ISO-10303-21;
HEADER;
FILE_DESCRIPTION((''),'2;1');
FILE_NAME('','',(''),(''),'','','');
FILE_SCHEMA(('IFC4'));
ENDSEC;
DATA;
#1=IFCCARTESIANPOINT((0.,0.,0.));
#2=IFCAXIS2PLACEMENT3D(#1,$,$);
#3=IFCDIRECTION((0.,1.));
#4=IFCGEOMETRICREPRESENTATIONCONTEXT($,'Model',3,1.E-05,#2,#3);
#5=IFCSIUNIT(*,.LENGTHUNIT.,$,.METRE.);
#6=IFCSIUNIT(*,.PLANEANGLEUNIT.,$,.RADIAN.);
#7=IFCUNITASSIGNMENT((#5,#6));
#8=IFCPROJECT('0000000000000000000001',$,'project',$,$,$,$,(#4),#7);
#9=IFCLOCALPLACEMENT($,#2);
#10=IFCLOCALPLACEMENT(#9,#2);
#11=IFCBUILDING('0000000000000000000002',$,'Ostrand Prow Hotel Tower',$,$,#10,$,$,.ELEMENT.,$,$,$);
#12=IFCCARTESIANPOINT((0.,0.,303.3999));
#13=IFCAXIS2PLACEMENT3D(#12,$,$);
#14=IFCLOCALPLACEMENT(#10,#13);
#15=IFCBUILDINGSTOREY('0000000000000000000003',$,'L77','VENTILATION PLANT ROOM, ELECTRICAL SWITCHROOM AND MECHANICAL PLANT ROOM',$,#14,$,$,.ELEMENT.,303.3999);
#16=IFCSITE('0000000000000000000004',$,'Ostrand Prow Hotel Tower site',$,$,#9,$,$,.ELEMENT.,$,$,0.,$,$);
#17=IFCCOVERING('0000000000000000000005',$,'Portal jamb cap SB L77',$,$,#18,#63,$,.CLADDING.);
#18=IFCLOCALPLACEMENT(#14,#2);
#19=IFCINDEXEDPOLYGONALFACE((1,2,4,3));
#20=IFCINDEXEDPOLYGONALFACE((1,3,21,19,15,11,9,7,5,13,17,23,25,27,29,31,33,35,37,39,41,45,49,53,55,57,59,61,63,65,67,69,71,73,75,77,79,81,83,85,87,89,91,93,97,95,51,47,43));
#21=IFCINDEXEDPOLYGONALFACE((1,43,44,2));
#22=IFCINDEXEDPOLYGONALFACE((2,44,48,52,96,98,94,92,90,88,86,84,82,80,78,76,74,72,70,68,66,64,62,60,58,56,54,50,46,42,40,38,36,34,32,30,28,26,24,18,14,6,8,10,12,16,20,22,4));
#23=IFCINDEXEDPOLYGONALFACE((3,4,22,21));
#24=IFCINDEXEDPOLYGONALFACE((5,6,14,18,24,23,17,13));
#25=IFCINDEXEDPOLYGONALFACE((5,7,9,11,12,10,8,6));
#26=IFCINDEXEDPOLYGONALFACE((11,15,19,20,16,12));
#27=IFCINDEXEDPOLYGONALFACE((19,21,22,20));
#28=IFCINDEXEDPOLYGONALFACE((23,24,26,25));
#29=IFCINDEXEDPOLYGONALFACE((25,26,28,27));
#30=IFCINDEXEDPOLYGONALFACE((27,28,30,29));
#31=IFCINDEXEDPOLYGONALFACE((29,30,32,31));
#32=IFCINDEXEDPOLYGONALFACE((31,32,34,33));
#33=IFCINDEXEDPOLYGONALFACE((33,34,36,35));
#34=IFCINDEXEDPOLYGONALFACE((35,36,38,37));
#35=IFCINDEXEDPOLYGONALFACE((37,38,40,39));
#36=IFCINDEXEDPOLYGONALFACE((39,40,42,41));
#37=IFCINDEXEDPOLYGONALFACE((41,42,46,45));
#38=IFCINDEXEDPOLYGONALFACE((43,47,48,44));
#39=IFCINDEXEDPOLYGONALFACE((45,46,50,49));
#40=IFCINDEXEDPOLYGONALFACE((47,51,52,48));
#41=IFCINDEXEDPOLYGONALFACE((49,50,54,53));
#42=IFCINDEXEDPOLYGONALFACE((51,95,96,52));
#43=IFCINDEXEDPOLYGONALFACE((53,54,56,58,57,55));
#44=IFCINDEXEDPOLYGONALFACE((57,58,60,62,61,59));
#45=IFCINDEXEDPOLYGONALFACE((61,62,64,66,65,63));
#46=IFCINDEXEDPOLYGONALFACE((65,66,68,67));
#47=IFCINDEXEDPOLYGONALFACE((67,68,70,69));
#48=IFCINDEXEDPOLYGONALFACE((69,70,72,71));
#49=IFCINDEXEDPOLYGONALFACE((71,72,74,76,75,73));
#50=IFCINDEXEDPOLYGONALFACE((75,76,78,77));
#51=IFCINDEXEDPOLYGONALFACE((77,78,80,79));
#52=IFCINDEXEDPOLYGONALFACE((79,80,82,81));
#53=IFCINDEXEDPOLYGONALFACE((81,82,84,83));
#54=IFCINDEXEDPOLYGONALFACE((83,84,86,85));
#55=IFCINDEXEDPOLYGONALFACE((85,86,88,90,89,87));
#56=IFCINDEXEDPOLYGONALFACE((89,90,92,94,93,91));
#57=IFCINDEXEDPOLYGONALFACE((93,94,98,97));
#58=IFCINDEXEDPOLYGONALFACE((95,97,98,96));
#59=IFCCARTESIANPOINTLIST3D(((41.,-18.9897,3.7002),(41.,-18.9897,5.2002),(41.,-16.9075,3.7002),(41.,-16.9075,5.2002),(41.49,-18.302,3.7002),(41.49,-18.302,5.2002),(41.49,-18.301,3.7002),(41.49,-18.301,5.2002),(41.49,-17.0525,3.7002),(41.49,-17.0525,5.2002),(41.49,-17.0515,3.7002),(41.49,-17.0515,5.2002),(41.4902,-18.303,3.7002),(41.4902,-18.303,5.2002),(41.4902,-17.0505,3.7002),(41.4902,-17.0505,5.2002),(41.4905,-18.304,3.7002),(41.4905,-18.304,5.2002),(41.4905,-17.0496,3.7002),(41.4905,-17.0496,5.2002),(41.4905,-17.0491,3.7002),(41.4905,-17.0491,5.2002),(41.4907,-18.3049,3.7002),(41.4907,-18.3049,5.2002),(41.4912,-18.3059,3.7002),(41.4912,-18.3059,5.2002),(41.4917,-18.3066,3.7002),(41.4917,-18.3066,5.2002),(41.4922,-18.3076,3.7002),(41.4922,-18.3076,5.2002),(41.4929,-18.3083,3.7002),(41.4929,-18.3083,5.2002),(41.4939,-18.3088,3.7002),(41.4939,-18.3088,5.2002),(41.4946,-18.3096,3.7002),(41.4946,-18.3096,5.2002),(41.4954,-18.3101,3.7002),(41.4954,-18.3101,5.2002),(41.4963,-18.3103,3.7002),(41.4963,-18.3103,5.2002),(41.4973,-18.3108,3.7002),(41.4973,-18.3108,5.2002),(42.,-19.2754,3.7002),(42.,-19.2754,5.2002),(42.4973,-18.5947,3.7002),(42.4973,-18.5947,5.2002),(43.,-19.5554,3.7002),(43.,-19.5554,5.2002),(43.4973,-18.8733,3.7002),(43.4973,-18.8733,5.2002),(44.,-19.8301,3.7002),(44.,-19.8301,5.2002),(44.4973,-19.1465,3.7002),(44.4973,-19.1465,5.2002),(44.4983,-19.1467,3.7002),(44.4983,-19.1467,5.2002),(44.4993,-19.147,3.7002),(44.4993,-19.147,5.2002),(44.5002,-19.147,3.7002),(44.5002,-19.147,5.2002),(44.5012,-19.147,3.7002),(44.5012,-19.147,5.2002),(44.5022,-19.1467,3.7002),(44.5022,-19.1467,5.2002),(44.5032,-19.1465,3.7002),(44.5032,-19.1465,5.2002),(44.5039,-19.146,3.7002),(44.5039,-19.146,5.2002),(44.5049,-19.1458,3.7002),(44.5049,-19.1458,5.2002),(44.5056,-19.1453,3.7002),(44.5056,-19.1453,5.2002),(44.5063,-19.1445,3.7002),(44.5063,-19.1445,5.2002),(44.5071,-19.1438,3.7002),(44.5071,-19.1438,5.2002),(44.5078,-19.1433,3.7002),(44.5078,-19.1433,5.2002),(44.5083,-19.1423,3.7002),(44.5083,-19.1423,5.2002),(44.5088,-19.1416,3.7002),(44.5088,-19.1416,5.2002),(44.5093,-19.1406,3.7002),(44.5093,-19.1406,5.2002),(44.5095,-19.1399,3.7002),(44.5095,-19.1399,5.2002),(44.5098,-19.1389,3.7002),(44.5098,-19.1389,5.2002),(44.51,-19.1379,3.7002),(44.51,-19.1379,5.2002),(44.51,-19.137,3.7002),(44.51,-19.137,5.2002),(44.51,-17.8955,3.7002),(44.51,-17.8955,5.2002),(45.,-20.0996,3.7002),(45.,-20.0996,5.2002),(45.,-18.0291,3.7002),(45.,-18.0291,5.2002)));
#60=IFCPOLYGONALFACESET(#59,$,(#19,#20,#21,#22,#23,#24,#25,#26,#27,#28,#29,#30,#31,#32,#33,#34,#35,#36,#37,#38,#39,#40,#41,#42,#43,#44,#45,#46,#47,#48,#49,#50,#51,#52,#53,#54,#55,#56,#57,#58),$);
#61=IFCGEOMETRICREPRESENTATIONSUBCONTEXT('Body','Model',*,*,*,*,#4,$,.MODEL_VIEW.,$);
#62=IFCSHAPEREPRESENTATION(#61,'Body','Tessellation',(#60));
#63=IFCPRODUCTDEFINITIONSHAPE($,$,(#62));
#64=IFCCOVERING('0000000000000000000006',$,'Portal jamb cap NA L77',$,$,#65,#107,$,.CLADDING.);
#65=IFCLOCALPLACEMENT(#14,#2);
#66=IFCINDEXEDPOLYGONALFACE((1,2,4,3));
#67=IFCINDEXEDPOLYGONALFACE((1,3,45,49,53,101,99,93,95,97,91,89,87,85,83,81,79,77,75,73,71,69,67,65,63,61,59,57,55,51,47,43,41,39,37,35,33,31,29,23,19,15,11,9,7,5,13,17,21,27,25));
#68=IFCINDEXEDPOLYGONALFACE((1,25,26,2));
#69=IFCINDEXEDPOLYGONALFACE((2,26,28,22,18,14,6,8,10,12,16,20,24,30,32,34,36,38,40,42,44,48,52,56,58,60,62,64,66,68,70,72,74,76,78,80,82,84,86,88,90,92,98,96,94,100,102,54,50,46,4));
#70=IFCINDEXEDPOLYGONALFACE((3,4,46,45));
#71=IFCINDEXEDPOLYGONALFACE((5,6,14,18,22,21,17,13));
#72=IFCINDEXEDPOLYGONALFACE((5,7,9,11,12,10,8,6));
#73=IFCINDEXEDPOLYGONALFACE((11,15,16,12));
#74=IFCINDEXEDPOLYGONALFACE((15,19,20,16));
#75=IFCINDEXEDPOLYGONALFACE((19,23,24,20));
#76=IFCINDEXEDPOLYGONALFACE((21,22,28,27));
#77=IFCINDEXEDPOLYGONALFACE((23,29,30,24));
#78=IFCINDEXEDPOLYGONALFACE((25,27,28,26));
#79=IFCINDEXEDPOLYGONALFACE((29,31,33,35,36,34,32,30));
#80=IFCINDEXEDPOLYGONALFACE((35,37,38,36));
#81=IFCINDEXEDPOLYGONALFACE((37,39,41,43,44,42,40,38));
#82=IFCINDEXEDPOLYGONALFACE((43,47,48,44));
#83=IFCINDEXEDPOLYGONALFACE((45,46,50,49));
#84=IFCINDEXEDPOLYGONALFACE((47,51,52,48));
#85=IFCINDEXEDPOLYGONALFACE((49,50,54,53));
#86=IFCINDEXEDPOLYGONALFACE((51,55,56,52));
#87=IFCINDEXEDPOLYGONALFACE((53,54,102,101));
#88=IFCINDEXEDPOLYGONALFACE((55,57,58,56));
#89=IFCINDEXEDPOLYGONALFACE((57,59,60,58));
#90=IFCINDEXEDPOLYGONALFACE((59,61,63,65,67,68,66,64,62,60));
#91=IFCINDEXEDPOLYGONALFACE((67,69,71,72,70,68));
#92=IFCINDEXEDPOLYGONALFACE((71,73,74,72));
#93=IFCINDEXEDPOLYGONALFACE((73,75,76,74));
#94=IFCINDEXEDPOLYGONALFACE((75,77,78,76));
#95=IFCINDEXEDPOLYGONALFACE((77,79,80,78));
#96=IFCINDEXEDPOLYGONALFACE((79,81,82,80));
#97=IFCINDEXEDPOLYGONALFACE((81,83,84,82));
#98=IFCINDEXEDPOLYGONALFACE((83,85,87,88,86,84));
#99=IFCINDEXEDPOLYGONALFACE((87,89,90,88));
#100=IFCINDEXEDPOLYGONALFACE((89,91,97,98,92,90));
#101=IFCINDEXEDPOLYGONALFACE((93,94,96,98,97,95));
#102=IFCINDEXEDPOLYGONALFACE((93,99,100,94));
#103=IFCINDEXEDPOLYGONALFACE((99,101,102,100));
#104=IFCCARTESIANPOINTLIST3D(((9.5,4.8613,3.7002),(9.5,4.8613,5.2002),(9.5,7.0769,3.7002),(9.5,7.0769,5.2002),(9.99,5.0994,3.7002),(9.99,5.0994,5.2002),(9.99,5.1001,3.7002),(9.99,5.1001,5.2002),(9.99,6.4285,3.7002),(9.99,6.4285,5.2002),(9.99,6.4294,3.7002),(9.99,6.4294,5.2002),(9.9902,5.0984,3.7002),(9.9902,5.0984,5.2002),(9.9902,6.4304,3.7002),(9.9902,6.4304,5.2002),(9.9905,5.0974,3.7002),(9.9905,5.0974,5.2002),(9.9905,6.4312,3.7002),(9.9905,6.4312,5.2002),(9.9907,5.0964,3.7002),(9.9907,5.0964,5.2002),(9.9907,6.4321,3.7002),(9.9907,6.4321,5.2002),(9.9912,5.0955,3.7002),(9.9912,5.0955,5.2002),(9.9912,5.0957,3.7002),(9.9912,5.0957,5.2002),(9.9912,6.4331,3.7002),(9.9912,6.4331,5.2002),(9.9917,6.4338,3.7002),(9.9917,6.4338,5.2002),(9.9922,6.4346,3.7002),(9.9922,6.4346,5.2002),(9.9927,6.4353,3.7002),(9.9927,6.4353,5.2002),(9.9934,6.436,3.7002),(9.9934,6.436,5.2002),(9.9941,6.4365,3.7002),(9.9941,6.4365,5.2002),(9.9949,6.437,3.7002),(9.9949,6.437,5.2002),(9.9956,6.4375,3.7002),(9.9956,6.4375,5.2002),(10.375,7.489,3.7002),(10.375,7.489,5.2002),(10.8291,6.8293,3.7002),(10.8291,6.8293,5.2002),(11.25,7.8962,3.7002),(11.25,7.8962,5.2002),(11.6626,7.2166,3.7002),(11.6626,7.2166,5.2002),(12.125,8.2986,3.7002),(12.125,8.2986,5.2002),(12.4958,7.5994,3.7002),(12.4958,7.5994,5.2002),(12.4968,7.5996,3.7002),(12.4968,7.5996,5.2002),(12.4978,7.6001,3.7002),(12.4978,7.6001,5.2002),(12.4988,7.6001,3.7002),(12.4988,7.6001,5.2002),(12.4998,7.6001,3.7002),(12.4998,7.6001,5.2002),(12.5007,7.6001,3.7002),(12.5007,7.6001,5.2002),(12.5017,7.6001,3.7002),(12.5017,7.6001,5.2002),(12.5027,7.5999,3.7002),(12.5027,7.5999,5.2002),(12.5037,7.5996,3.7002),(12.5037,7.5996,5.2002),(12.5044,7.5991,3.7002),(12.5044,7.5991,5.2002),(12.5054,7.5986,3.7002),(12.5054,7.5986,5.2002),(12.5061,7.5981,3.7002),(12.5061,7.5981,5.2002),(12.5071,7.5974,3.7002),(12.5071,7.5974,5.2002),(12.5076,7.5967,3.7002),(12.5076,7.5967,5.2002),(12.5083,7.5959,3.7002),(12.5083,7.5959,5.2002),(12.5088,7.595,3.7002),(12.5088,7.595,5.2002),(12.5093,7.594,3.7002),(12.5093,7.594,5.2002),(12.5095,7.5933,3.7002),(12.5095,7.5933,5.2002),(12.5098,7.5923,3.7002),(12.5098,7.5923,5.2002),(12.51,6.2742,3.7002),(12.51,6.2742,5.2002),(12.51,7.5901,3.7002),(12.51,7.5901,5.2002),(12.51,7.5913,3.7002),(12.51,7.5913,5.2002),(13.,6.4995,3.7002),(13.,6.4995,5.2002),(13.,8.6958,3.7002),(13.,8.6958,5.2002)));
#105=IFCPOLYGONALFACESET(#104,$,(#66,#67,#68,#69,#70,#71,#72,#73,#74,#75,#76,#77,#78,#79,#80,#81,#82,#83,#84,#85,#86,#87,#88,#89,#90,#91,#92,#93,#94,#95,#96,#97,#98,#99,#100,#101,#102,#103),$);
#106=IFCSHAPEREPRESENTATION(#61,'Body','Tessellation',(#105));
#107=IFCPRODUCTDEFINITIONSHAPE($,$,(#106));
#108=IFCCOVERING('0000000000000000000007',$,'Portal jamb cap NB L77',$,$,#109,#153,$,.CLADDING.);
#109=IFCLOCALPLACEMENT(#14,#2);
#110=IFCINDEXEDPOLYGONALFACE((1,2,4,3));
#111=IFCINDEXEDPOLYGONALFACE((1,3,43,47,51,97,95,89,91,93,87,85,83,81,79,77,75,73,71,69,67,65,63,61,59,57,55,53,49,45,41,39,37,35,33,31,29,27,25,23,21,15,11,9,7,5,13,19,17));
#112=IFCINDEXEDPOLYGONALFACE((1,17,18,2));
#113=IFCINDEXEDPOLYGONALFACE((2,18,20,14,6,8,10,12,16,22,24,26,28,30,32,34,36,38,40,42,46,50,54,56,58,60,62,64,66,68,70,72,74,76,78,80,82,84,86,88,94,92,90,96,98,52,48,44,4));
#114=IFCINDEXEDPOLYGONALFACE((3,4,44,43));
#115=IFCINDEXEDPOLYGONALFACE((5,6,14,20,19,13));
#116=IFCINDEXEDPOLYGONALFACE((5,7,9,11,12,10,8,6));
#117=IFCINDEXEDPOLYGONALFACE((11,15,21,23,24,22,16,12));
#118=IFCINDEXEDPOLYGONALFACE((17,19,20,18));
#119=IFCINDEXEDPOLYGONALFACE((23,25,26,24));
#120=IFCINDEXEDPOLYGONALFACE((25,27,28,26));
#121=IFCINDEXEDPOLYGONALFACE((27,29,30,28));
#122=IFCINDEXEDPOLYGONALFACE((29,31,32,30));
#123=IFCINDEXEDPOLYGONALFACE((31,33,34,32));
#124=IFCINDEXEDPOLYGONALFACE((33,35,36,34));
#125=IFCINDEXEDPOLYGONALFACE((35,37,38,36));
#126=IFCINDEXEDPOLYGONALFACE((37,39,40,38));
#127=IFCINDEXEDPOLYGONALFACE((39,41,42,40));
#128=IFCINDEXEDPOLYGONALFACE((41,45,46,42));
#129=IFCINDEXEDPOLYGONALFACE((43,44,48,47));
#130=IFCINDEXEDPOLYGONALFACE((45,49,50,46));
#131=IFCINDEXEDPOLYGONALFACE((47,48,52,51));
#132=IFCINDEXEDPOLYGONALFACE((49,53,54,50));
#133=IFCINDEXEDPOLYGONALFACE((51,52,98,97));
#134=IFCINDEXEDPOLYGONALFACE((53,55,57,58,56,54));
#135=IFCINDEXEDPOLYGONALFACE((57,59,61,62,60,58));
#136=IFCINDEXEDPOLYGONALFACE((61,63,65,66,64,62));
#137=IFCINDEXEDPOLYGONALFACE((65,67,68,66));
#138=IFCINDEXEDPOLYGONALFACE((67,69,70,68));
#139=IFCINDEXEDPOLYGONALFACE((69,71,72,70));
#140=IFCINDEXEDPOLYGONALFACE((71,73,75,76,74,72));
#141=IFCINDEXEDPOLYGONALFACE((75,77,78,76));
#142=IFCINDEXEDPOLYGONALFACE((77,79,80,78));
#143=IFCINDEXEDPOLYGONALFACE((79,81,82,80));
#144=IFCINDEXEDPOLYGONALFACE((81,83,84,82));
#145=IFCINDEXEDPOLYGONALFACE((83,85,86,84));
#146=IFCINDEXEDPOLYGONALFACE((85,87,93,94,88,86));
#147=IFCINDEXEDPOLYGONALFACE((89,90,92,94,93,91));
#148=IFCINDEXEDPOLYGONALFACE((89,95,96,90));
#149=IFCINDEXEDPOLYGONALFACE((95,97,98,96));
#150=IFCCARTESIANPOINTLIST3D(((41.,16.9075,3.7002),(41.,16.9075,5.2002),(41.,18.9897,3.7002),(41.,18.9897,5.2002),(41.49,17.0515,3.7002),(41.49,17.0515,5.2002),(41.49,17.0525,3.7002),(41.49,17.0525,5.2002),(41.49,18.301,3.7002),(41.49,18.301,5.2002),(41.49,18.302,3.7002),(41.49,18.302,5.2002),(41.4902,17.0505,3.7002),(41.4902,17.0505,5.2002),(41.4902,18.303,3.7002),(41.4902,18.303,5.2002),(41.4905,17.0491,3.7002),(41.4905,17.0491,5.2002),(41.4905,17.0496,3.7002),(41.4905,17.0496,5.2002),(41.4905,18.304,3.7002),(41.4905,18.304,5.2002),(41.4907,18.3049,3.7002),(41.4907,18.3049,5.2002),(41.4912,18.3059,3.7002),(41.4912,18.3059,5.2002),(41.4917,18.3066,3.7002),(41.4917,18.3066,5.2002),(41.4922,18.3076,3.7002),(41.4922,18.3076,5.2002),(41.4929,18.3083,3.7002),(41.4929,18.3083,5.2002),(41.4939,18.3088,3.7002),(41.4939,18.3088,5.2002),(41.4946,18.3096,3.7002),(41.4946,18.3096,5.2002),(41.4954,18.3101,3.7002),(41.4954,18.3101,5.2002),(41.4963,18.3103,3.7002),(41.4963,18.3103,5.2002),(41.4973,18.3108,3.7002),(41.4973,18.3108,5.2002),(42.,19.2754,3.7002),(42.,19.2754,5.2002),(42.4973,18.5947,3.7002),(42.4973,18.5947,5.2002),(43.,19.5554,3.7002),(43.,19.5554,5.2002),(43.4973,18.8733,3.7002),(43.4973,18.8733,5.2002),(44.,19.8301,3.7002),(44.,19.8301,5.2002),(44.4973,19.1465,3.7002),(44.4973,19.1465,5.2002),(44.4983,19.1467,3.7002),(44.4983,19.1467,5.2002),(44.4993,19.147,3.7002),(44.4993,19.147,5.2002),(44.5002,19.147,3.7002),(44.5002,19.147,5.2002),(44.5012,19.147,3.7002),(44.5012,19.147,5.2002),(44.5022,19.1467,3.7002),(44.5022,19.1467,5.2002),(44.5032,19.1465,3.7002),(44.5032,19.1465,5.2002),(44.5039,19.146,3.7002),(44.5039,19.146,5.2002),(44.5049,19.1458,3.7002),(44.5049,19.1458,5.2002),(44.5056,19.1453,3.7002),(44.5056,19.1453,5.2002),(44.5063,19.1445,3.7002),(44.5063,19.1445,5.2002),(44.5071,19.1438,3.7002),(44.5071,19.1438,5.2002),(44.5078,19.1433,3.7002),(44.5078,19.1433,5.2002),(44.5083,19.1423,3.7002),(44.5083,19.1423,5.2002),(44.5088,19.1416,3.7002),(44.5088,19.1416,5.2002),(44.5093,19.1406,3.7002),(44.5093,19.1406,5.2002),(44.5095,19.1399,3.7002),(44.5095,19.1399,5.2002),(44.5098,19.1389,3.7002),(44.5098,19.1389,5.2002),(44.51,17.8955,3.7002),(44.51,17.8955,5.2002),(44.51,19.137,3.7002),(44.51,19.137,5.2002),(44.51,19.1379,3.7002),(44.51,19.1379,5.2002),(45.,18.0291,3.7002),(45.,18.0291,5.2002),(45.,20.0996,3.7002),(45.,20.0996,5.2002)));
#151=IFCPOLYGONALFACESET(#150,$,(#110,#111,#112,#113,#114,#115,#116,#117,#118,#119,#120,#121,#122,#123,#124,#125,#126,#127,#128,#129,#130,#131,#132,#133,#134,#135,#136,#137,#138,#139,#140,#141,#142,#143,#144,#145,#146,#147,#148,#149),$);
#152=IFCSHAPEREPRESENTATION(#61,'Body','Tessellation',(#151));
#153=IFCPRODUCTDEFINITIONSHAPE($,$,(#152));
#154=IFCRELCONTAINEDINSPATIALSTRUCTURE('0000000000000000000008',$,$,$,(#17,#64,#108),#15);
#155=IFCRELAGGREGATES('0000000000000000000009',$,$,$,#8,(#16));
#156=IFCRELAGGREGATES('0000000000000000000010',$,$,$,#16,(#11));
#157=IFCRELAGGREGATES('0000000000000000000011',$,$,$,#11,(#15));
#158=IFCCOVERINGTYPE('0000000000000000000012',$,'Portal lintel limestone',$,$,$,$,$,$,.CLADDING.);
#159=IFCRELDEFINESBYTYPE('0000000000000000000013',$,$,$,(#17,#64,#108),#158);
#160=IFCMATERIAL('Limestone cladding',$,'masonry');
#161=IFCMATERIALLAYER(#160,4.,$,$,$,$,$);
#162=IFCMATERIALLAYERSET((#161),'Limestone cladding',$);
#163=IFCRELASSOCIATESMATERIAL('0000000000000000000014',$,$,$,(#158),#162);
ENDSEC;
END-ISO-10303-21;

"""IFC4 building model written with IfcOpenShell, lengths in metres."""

from ifc_helpers import new_model, si_unit, direction, frame, origin, place, context, subcontext, project, spatial, polyline, outline, extrude, material, layer, layer_set, type_object, element, save


model = new_model("IFC4")

# Units and contexts
model_context = context("Model", 3, precision=1e-05, world=origin(), true_north=direction((0.0, 1.0)))
body_context = subcontext(model_context, "Body", "Model", "MODEL_VIEW")
ifc_project = project(units=[si_unit("LENGTHUNIT", "METRE"), si_unit("PLANEANGLEUNIT", "RADIAN")], contexts=[model_context])

# Site, building, storey
site_placement = place(None, origin())
site = spatial("IfcSite", under=ifc_project, at=site_placement, Name="Ostrand Prow Hotel Tower site", CompositionType="ELEMENT", RefElevation=0.0)
building_placement = place(site_placement, origin())
building = spatial("IfcBuilding", under=site, at=building_placement, Name="Ostrand Prow Hotel Tower", CompositionType="ELEMENT")
storey_placement = place(building_placement, frame((0.0, 0.0, 303.3999)))
storey = spatial("IfcBuildingStorey", under=building, at=storey_placement, Name="L77", Description="VENTILATION PLANT ROOM, ELECTRICAL SWITCHROOM AND MECHANICAL PLANT ROOM", CompositionType="ELEMENT", Elevation=303.3999)

# Coverings
ifc_material_1 = material(Name="Limestone cladding", Category="masonry")
ifc_layer_1 = layer(ifc_material_1, 4.0)
ifc_layer_set_1 = layer_set([ifc_layer_1], Name="Limestone cladding")
covering_type_1 = type_object("IfcCoveringType", Name="Portal lintel limestone", PredefinedType="CLADDING", material=ifc_layer_set_1)
covering_1_placement = place(storey_placement, frame((0.0, 0.0, 3.7002)))
element("IfcCovering", 1, at=covering_1_placement, inside=storey, type_object=covering_type_1, Name="Portal jamb cap SB L77", PredefinedType="CLADDING", context=body_context, shape_type="SweptSolid", body=[
    extrude(outline(polyline([(41.4905, -17.0491), (41.0, -16.9075), (41.0, -18.9897), (42.0, -19.2754), (43.0, -19.5554), (44.0, -19.8301), (45.0, -20.0996), (45.0, -18.0291), (44.51, -17.8955), (44.51, -19.137), (44.51, -19.1379), (44.5098, -19.1389), (44.5095, -19.1399), (44.5093, -19.1406), (44.5088, -19.1416), (44.5083, -19.1423), (44.5078, -19.1433), (44.5071, -19.1438), (44.5063, -19.1445), (44.5056, -19.1453), (44.5049, -19.1458), (44.5039, -19.146), (44.5032, -19.1465), (44.5022, -19.1467), (44.5012, -19.147), (44.5002, -19.147), (44.4993, -19.147), (44.4983, -19.1467), (44.4973, -19.1465), (43.4973, -18.8733), (43.4973, -18.8733), (42.4973, -18.5947), (42.4973, -18.5947), (41.4973, -18.3108), (41.4963, -18.3103), (41.4954, -18.3101), (41.4946, -18.3096), (41.4939, -18.3088), (41.4929, -18.3083), (41.4922, -18.3076), (41.4917, -18.3066), (41.4912, -18.3059), (41.4907, -18.3049), (41.4905, -18.304), (41.4902, -18.303), (41.49, -18.302), (41.49, -18.301), (41.49, -17.0525), (41.49, -17.0515), (41.4902, -17.0505), (41.4905, -17.0496), (41.4905, -17.0491)])), origin(), (0.0, 0.0, 1.0), 1.5),
])
covering_2_placement = place(storey_placement, frame((0.0, 0.0, 3.7002)))
element("IfcCovering", 2, at=covering_2_placement, inside=storey, type_object=covering_type_1, Name="Portal jamb cap NA L77", PredefinedType="CLADDING", context=body_context, shape_type="SweptSolid", body=[
    extrude(outline(polyline([(9.5, 7.0769), (9.5, 4.8613), (9.9912, 5.0955), (9.9912, 5.0957), (9.9907, 5.0964), (9.9905, 5.0974), (9.9902, 5.0984), (9.99, 5.0994), (9.99, 5.1001), (9.99, 6.4285), (9.99, 6.4294), (9.9902, 6.4304), (9.9905, 6.4312), (9.9907, 6.4321), (9.9912, 6.4331), (9.9917, 6.4338), (9.9922, 6.4346), (9.9927, 6.4353), (9.9934, 6.436), (9.9941, 6.4365), (9.9949, 6.437), (9.9956, 6.4375), (10.8291, 6.8293), (10.8291, 6.8293), (11.6626, 7.2166), (11.6626, 7.2166), (12.4958, 7.5994), (12.4968, 7.5996), (12.4978, 7.6001), (12.4988, 7.6001), (12.4998, 7.6001), (12.5007, 7.6001), (12.5017, 7.6001), (12.5027, 7.5999), (12.5037, 7.5996), (12.5044, 7.5991), (12.5054, 7.5986), (12.5061, 7.5981), (12.5071, 7.5974), (12.5076, 7.5967), (12.5083, 7.5959), (12.5088, 7.595), (12.5093, 7.594), (12.5095, 7.5933), (12.5098, 7.5923), (12.51, 7.5913), (12.51, 7.5901), (12.51, 6.2742), (13.0, 6.4995), (13.0, 8.6958), (12.125, 8.2986), (11.25, 7.8962), (10.375, 7.489), (9.5, 7.0769)])), origin(), (0.0, 0.0, 1.0), 1.5),
])
covering_3_placement = place(storey_placement, frame((0.0, 0.0, 3.7002)))
element("IfcCovering", 3, at=covering_3_placement, inside=storey, type_object=covering_type_1, Name="Portal jamb cap NB L77", PredefinedType="CLADDING", context=body_context, shape_type="SweptSolid", body=[
    extrude(outline(polyline([(41.0, 18.9897), (41.0, 16.9075), (41.4905, 17.0491), (41.4905, 17.0496), (41.4902, 17.0505), (41.49, 17.0515), (41.49, 17.0525), (41.49, 18.301), (41.49, 18.302), (41.4902, 18.303), (41.4905, 18.304), (41.4907, 18.3049), (41.4912, 18.3059), (41.4917, 18.3066), (41.4922, 18.3076), (41.4929, 18.3083), (41.4939, 18.3088), (41.4946, 18.3096), (41.4954, 18.3101), (41.4963, 18.3103), (41.4973, 18.3108), (42.4973, 18.5947), (42.4973, 18.5947), (43.4973, 18.8733), (43.4973, 18.8733), (44.4973, 19.1465), (44.4983, 19.1467), (44.4993, 19.147), (44.5002, 19.147), (44.5012, 19.147), (44.5022, 19.1467), (44.5032, 19.1465), (44.5039, 19.146), (44.5049, 19.1458), (44.5056, 19.1453), (44.5063, 19.1445), (44.5071, 19.1438), (44.5078, 19.1433), (44.5083, 19.1423), (44.5088, 19.1416), (44.5093, 19.1406), (44.5095, 19.1399), (44.5098, 19.1389), (44.51, 19.1379), (44.51, 19.137), (44.51, 17.8955), (45.0, 18.0291), (45.0, 20.0996), (44.0, 19.8301), (43.0, 19.5554), (42.0, 19.2754), (41.0, 18.9897)])), origin(), (0.0, 0.0, 1.0), 1.5),
])

save(model, "model.ifc")
